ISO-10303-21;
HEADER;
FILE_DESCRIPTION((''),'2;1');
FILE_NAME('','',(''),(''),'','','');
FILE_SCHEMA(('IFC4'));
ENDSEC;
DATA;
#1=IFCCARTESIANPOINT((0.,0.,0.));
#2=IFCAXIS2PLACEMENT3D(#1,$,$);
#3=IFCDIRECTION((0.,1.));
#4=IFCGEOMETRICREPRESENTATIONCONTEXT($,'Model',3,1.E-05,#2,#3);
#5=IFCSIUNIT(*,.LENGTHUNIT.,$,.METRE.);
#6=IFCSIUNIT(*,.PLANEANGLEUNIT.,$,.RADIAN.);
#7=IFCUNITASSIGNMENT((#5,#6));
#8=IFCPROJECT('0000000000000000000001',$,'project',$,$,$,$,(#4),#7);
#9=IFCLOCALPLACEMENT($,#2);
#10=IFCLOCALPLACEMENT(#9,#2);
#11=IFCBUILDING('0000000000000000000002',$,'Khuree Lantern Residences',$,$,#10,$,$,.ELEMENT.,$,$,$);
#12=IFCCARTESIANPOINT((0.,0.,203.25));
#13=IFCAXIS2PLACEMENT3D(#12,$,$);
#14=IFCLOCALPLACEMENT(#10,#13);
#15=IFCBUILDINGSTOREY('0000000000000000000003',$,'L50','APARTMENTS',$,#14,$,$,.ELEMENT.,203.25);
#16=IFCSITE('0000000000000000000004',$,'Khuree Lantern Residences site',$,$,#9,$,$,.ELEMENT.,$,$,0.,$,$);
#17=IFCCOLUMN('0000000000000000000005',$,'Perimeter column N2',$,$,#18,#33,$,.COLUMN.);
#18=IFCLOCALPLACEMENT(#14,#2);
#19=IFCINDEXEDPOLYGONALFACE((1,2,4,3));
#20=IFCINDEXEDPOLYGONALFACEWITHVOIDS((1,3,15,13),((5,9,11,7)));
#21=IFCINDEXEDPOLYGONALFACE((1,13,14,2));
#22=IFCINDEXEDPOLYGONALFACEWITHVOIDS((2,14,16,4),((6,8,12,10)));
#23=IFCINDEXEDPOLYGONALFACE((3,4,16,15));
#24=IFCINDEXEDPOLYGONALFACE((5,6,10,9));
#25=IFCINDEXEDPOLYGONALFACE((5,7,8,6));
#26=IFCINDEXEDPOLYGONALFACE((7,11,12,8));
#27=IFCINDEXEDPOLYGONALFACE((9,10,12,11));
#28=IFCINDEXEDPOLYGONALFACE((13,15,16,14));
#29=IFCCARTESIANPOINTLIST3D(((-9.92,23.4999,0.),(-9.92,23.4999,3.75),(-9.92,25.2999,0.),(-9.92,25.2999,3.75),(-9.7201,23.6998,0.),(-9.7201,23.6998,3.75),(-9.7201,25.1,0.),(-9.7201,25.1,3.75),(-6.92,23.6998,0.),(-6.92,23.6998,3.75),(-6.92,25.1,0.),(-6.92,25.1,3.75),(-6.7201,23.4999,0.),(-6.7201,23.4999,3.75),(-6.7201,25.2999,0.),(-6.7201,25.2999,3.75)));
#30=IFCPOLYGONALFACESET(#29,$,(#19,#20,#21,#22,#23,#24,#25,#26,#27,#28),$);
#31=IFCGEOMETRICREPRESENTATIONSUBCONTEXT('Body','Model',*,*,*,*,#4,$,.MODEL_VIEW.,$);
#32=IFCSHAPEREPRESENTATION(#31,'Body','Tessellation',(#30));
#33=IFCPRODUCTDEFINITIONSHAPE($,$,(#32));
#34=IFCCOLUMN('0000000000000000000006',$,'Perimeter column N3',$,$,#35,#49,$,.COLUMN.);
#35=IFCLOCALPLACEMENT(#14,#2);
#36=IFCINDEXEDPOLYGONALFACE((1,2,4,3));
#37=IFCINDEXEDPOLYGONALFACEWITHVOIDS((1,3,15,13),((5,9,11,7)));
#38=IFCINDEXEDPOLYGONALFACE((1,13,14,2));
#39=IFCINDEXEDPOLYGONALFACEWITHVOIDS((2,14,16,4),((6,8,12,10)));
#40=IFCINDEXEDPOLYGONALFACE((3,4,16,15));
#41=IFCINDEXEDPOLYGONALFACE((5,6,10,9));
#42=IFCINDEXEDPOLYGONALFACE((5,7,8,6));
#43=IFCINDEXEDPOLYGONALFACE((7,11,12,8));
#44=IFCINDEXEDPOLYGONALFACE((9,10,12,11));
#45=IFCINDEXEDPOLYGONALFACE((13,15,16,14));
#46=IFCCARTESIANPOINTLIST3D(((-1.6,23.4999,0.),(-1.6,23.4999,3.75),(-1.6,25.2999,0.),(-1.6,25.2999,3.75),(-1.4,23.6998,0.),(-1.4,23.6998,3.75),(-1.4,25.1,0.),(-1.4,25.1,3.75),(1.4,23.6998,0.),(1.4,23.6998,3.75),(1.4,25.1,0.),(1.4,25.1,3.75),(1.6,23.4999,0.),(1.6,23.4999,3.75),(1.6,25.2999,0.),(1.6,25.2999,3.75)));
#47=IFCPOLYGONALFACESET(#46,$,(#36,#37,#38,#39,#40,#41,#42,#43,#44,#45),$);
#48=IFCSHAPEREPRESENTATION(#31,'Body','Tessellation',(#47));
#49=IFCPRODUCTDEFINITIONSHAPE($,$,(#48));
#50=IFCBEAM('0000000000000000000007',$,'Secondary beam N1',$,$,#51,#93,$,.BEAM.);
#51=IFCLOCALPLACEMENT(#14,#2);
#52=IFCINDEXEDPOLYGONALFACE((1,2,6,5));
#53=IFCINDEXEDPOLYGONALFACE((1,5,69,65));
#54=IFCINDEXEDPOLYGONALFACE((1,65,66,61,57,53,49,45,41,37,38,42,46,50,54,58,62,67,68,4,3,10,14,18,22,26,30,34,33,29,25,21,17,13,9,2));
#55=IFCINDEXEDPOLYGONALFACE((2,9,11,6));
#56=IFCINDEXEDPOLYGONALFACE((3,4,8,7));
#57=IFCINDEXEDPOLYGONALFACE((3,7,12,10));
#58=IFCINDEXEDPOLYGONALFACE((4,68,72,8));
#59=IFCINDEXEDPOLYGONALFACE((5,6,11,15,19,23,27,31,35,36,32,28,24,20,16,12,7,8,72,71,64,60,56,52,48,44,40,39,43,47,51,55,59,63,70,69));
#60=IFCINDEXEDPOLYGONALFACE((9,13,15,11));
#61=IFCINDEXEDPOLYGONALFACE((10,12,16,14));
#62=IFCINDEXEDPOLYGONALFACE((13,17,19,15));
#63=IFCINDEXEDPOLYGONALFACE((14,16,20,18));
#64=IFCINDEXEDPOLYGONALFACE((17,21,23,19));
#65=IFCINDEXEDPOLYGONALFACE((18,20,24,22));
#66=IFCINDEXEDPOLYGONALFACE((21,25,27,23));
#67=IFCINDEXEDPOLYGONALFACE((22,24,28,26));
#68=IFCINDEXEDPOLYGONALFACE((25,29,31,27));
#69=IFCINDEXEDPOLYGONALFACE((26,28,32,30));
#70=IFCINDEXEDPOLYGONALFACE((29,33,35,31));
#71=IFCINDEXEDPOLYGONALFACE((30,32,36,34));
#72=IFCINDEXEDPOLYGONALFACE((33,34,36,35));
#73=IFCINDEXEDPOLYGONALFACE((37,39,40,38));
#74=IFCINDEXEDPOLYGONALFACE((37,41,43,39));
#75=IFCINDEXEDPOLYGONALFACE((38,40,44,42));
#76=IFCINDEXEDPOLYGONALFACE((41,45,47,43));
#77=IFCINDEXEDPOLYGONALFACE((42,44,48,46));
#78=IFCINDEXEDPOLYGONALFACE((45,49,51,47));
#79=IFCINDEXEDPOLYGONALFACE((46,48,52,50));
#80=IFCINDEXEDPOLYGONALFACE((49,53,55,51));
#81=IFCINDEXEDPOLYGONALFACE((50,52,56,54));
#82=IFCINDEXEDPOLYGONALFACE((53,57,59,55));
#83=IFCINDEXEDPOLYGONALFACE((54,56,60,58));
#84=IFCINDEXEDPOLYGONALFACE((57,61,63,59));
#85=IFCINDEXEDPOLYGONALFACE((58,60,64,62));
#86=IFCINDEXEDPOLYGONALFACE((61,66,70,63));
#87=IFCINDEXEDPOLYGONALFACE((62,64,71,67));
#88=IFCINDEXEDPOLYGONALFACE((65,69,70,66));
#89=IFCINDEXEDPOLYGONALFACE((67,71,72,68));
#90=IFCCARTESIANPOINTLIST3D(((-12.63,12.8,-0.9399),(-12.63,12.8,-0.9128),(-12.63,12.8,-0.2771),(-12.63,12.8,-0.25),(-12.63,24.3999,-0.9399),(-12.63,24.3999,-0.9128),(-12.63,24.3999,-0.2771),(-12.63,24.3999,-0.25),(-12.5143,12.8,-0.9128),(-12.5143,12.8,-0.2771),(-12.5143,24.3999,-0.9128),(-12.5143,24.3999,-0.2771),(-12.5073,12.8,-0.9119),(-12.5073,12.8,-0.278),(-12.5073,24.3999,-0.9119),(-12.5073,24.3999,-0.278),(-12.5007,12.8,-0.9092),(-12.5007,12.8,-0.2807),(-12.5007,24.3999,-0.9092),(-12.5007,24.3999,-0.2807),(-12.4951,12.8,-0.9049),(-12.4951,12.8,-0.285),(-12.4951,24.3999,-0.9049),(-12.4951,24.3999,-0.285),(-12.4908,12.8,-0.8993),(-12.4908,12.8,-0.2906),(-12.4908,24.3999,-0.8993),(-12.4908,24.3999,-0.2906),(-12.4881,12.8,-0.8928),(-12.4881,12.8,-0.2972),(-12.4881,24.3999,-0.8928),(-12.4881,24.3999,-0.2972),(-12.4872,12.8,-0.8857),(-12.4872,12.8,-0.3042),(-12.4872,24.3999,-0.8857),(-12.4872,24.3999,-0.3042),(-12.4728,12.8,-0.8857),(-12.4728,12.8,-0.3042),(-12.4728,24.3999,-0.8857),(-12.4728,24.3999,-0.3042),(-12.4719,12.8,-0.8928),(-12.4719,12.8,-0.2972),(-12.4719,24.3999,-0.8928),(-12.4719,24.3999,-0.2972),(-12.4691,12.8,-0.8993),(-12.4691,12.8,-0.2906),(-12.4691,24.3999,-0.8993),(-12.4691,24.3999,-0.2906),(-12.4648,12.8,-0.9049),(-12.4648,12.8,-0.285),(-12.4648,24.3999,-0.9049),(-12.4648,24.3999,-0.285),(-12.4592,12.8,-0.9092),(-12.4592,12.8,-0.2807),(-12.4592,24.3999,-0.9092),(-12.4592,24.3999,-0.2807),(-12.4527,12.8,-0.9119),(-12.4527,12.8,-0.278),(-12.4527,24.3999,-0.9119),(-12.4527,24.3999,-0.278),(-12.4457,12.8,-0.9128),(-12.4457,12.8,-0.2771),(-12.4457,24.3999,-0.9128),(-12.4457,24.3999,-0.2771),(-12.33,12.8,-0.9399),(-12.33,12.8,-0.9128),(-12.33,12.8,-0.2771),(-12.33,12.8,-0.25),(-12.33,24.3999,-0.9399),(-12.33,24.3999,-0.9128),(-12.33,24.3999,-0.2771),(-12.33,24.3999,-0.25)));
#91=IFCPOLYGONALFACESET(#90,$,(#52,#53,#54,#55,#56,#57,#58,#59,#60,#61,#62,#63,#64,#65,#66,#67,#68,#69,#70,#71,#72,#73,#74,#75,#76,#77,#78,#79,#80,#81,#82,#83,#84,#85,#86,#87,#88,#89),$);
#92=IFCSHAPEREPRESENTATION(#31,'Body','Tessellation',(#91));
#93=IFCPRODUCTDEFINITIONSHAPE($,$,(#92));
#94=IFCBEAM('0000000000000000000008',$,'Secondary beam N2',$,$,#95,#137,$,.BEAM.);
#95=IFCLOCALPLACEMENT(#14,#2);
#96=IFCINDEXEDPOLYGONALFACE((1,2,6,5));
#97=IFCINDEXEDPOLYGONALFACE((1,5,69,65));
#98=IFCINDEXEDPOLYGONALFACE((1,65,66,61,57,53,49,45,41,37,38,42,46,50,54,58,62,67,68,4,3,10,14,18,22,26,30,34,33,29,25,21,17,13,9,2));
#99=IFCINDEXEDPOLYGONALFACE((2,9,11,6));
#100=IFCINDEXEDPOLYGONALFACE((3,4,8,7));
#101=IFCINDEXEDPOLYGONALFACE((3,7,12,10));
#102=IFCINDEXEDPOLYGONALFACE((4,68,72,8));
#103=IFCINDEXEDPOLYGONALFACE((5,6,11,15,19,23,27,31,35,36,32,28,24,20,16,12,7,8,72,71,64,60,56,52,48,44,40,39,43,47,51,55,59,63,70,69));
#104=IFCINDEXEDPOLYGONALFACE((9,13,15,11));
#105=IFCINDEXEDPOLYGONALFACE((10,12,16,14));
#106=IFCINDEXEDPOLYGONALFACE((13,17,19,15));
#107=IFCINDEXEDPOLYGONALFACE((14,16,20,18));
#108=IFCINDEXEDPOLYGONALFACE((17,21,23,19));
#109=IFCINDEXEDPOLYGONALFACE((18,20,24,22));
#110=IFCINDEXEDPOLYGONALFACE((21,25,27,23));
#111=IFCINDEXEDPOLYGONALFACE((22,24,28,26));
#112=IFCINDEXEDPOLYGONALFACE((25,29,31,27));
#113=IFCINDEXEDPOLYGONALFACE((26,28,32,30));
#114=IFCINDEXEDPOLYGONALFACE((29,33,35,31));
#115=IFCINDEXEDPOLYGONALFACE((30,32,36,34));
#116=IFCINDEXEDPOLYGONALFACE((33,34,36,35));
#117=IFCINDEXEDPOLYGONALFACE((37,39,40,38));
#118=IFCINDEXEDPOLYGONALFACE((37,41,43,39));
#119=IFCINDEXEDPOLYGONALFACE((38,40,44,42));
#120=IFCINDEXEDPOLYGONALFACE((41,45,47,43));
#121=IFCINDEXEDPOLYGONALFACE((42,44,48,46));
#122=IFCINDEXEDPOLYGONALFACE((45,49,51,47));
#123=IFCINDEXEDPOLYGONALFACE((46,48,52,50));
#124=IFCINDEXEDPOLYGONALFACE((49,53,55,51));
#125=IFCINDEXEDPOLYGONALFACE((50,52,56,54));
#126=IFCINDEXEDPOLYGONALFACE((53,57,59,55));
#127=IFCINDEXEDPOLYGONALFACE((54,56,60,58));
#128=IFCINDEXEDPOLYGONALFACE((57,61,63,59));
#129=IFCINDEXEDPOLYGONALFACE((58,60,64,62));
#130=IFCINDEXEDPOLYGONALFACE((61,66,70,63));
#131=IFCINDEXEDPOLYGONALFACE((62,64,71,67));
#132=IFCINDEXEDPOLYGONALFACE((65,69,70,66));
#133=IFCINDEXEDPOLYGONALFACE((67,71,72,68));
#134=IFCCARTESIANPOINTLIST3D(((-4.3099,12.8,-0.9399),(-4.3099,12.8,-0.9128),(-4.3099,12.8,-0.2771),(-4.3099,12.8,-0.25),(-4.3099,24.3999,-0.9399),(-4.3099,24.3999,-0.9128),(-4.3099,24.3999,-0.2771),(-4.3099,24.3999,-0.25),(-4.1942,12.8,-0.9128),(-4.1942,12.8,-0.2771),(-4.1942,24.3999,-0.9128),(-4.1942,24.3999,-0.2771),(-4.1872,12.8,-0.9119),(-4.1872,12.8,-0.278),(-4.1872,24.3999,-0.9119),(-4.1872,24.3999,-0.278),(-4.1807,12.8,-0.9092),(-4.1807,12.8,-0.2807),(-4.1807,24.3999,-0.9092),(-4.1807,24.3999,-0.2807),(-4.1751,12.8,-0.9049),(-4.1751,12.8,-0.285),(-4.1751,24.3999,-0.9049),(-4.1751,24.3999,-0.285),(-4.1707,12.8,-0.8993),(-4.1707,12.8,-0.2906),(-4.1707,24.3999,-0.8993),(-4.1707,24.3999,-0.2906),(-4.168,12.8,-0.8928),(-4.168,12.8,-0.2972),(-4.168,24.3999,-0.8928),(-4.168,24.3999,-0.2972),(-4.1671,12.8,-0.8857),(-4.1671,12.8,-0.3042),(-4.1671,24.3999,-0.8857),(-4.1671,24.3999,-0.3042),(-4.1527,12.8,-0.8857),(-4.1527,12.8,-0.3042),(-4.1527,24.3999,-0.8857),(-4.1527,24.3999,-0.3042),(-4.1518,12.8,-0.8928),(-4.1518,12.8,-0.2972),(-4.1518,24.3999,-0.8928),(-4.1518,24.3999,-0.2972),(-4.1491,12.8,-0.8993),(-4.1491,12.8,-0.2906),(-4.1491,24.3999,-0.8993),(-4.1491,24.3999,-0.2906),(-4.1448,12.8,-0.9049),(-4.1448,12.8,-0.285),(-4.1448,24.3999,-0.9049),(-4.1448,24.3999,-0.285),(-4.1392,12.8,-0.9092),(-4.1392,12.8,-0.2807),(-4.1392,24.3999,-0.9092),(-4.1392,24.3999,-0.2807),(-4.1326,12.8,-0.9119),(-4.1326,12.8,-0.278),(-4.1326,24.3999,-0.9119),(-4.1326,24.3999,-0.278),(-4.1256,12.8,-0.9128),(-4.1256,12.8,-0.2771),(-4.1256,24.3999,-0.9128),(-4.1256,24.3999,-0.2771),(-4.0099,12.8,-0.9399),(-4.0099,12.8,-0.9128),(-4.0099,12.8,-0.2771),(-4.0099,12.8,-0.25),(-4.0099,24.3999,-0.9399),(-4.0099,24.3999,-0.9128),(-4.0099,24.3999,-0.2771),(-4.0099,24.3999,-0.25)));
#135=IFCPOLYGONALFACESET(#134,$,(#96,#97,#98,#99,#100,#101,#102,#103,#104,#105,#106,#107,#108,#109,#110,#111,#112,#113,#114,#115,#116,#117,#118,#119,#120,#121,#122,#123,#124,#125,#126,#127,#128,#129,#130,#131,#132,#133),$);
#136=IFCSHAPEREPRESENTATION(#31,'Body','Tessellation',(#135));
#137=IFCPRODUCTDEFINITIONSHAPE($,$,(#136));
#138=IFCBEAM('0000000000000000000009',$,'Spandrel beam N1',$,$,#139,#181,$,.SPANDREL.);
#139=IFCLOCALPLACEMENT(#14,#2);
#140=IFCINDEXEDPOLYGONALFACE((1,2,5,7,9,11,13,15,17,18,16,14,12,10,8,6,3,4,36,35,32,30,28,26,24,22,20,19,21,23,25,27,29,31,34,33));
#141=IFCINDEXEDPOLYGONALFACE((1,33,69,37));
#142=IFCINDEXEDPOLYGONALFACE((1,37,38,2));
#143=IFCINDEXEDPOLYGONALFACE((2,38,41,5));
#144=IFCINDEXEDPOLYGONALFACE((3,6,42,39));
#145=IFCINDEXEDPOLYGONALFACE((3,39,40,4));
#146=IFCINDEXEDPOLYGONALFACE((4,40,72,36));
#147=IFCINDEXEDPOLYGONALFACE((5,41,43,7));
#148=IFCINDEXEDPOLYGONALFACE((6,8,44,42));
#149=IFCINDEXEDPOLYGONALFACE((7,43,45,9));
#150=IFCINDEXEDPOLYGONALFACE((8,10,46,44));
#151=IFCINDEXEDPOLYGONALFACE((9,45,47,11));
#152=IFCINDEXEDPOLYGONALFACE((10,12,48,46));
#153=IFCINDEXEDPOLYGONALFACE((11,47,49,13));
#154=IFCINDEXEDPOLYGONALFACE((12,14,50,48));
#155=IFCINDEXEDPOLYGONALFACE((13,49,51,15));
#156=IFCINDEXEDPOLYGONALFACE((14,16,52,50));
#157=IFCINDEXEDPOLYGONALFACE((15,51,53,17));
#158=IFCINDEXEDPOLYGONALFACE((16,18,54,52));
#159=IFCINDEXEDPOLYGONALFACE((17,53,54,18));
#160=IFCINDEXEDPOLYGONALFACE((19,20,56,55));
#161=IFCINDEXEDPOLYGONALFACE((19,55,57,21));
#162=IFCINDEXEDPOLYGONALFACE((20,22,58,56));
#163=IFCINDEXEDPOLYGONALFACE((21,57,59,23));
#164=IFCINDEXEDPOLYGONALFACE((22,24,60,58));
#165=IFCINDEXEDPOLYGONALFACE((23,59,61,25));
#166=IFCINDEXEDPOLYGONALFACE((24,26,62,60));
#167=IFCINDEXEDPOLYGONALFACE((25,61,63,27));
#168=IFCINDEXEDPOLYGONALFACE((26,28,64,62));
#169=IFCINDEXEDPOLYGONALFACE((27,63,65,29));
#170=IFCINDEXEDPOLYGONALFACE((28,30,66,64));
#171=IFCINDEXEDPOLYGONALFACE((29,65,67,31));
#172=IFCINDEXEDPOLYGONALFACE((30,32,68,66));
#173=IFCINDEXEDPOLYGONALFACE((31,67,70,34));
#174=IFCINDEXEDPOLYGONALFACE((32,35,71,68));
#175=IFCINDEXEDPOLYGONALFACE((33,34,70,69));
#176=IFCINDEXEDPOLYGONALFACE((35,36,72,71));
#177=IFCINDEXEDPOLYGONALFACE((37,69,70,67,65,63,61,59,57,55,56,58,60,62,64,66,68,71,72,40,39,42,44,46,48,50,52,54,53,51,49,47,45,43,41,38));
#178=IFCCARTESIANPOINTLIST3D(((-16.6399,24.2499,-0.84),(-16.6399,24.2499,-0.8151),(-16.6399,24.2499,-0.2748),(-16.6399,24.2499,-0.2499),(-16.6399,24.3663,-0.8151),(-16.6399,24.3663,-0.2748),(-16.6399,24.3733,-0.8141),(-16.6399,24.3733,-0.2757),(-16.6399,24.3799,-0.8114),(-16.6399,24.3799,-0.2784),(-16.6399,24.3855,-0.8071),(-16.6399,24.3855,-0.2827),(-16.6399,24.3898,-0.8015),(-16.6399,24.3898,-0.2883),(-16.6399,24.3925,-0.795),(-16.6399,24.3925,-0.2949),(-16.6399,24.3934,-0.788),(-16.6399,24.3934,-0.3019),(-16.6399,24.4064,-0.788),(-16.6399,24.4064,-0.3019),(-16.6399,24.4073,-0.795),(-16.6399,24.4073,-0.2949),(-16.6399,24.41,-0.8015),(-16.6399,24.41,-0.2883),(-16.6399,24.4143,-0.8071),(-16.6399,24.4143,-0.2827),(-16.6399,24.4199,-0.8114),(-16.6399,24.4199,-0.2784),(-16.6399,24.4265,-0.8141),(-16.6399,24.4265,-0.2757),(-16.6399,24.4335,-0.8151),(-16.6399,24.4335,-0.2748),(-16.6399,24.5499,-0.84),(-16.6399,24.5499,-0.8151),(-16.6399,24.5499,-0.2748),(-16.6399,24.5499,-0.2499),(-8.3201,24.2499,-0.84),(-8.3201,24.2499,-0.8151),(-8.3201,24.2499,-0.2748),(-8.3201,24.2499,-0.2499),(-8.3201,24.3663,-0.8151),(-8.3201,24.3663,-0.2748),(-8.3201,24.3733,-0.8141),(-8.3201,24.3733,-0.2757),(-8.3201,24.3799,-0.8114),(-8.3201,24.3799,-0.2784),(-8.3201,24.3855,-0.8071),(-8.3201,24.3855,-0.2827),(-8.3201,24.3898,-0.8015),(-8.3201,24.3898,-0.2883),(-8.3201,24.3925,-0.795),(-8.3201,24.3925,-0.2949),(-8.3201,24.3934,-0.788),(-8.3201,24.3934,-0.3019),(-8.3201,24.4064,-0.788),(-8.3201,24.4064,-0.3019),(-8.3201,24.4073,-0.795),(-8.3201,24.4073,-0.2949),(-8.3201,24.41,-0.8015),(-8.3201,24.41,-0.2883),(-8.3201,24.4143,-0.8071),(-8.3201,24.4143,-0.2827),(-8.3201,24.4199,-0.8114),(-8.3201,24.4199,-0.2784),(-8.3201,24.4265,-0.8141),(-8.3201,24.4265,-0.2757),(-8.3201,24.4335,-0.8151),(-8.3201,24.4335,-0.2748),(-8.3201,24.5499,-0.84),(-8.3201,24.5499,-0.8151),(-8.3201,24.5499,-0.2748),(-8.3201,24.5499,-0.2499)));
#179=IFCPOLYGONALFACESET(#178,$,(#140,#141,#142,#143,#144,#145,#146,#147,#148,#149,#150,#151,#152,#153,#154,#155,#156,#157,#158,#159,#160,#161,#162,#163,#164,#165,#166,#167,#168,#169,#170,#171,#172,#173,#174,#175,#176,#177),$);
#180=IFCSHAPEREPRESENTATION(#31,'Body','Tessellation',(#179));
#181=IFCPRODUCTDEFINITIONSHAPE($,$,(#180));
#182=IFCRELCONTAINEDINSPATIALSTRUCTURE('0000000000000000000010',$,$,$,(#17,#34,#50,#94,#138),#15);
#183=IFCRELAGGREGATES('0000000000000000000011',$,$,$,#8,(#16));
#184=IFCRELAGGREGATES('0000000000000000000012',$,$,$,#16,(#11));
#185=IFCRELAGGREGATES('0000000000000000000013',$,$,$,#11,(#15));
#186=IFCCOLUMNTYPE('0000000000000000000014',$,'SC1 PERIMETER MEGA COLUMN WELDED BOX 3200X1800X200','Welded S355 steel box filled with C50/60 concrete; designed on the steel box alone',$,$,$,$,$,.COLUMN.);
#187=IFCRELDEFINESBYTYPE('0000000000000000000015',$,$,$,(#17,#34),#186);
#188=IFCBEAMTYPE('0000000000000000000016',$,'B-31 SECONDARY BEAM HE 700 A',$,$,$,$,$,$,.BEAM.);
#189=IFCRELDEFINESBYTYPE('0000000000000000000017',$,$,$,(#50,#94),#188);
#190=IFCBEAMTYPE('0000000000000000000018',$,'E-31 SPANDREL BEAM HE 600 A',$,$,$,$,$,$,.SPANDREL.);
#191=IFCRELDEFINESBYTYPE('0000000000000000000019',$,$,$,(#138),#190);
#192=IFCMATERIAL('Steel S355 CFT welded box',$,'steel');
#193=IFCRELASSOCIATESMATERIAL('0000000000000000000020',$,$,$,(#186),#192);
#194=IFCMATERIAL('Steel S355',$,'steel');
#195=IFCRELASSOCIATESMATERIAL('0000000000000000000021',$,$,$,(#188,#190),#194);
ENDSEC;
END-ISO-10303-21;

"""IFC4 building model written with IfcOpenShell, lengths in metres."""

from ifc_helpers import new_model, si_unit, direction, frame, origin, origin_2d, place, context, subcontext, project, spatial, hollow_rectangle, i_section, extrude, material, material_profile, profile_set, type_object, element, save


model = new_model("IFC4")

# Units and contexts
model_context = context("Model", 3, precision=1e-05, world=origin(), true_north=direction((0.0, 1.0)))
body_context = subcontext(model_context, "Body", "Model", "MODEL_VIEW")
ifc_project = project(units=[si_unit("LENGTHUNIT", "METRE"), si_unit("PLANEANGLEUNIT", "RADIAN")], contexts=[model_context])

# Site, building, storey
site_placement = place(None, origin())
site = spatial("IfcSite", under=ifc_project, at=site_placement, Name="Khuree Lantern Residences site", CompositionType="ELEMENT", RefElevation=0.0)
building_placement = place(site_placement, origin())
building = spatial("IfcBuilding", under=site, at=building_placement, Name="Khuree Lantern Residences", CompositionType="ELEMENT")
storey_placement = place(building_placement, frame((0.0, 0.0, 203.25)))
storey = spatial("IfcBuildingStorey", under=building, at=storey_placement, Name="L50", Description="APARTMENTS", CompositionType="ELEMENT", Elevation=203.25)

# Columns
ifc_material_1 = material(Name="Steel S355 CFT welded box", Category="steel")
ifc_material_profile_1 = material_profile(ifc_material_1, hollow_rectangle(XDim=3.2, YDim=1.8, WallThickness=0.2, at=origin_2d()), Name="WELDED BOX 3200X1800X200")
ifc_profile_set_1 = profile_set([ifc_material_profile_1], Name="Steel S355 CFT welded box")
column_type = type_object("IfcColumnType", Name="SC1 PERIMETER MEGA COLUMN WELDED BOX 3200X1800X200", Description="Welded S355 steel box filled with C50/60 concrete; designed on the steel box alone", PredefinedType="COLUMN", material=ifc_profile_set_1)
for number, where, z_axis, x_axis, name in (
    (1, (-8.3201, 24.3999, 0.0), (0.0, 0.0, 1.0), (1.0, 0.0, 0.0), "Perimeter column N2"),
    (2, (0.0, 24.3999, 0.0), (0.0, 0.0, 1.0), (1.0, 0.0, 0.0), "Perimeter column N3"),
):
    element("IfcColumn", number, at=place(storey_placement, frame(where, z_axis=z_axis, x_axis=x_axis)), inside=storey, type_object=column_type, Name=name, PredefinedType="COLUMN", context=body_context, shape_type="SweptSolid", body=[
        extrude(hollow_rectangle(XDim=3.2, YDim=1.8, WallThickness=0.2, at=origin_2d()), origin(), (0.0, 0.0, 1.0), 3.75),
    ])

# Beams
ifc_material_2 = material(Name="Steel S355", Category="steel")
ifc_material_profile_2 = material_profile(ifc_material_2, i_section(OverallWidth=0.3, OverallDepth=0.6899, WebThickness=0.0144, FlangeThickness=0.0271, FilletRadius=0.0271, at=origin_2d()), Name="HE 700 A")
ifc_profile_set_2 = profile_set([ifc_material_profile_2], Name="Steel S355")
beam_type_1 = type_object("IfcBeamType", Name="B-31 SECONDARY BEAM HE 700 A", PredefinedType="BEAM", material=ifc_profile_set_2)
for number, where, z_axis, x_axis, name in (
    (3, (-12.48, 24.3999, -0.595), (0.0, -1.0, 0.0), (1.0, 0.0, 0.0), "Secondary beam N1"),
    (4, (-4.1599, 24.3999, -0.595), (0.0, -1.0, 0.0), (1.0, 0.0, 0.0), "Secondary beam N2"),
):
    element("IfcBeam", number, at=place(storey_placement, frame(where, z_axis=z_axis, x_axis=x_axis)), inside=storey, type_object=beam_type_1, Name=name, PredefinedType="BEAM", context=body_context, shape_type="SweptSolid", body=[
        extrude(i_section(OverallWidth=0.3, OverallDepth=0.6899, WebThickness=0.0144, FlangeThickness=0.0271, FilletRadius=0.0271, at=origin_2d()), origin(), (0.0, 0.0, 1.0), 11.5999),
    ])
ifc_material_profile_3 = material_profile(ifc_material_2, i_section(OverallWidth=0.3, OverallDepth=0.5901, WebThickness=0.0129, FlangeThickness=0.0249, FilletRadius=0.0271, at=origin_2d()), Name="HE 600 A")
ifc_profile_set_3 = profile_set([ifc_material_profile_3], Name="Steel S355")
beam_type_2 = type_object("IfcBeamType", Name="E-31 SPANDREL BEAM HE 600 A", PredefinedType="SPANDREL", material=ifc_profile_set_3)
beam_1_placement = place(storey_placement, frame((-16.6399, 24.3999, -0.5449), z_axis=(1.0, 0.0, 0.0), x_axis=(0.0, 1.0, 0.0)))
element("IfcBeam", 5, at=beam_1_placement, inside=storey, type_object=beam_type_2, Name="Spandrel beam N1", PredefinedType="SPANDREL", context=body_context, shape_type="SweptSolid", body=[
    extrude(i_section(OverallWidth=0.3, OverallDepth=0.5901, WebThickness=0.0129, FlangeThickness=0.0249, FilletRadius=0.0271, at=origin_2d()), origin(), (0.0, 0.0, 1.0), 8.3198),
])

save(model, "model.ifc")
